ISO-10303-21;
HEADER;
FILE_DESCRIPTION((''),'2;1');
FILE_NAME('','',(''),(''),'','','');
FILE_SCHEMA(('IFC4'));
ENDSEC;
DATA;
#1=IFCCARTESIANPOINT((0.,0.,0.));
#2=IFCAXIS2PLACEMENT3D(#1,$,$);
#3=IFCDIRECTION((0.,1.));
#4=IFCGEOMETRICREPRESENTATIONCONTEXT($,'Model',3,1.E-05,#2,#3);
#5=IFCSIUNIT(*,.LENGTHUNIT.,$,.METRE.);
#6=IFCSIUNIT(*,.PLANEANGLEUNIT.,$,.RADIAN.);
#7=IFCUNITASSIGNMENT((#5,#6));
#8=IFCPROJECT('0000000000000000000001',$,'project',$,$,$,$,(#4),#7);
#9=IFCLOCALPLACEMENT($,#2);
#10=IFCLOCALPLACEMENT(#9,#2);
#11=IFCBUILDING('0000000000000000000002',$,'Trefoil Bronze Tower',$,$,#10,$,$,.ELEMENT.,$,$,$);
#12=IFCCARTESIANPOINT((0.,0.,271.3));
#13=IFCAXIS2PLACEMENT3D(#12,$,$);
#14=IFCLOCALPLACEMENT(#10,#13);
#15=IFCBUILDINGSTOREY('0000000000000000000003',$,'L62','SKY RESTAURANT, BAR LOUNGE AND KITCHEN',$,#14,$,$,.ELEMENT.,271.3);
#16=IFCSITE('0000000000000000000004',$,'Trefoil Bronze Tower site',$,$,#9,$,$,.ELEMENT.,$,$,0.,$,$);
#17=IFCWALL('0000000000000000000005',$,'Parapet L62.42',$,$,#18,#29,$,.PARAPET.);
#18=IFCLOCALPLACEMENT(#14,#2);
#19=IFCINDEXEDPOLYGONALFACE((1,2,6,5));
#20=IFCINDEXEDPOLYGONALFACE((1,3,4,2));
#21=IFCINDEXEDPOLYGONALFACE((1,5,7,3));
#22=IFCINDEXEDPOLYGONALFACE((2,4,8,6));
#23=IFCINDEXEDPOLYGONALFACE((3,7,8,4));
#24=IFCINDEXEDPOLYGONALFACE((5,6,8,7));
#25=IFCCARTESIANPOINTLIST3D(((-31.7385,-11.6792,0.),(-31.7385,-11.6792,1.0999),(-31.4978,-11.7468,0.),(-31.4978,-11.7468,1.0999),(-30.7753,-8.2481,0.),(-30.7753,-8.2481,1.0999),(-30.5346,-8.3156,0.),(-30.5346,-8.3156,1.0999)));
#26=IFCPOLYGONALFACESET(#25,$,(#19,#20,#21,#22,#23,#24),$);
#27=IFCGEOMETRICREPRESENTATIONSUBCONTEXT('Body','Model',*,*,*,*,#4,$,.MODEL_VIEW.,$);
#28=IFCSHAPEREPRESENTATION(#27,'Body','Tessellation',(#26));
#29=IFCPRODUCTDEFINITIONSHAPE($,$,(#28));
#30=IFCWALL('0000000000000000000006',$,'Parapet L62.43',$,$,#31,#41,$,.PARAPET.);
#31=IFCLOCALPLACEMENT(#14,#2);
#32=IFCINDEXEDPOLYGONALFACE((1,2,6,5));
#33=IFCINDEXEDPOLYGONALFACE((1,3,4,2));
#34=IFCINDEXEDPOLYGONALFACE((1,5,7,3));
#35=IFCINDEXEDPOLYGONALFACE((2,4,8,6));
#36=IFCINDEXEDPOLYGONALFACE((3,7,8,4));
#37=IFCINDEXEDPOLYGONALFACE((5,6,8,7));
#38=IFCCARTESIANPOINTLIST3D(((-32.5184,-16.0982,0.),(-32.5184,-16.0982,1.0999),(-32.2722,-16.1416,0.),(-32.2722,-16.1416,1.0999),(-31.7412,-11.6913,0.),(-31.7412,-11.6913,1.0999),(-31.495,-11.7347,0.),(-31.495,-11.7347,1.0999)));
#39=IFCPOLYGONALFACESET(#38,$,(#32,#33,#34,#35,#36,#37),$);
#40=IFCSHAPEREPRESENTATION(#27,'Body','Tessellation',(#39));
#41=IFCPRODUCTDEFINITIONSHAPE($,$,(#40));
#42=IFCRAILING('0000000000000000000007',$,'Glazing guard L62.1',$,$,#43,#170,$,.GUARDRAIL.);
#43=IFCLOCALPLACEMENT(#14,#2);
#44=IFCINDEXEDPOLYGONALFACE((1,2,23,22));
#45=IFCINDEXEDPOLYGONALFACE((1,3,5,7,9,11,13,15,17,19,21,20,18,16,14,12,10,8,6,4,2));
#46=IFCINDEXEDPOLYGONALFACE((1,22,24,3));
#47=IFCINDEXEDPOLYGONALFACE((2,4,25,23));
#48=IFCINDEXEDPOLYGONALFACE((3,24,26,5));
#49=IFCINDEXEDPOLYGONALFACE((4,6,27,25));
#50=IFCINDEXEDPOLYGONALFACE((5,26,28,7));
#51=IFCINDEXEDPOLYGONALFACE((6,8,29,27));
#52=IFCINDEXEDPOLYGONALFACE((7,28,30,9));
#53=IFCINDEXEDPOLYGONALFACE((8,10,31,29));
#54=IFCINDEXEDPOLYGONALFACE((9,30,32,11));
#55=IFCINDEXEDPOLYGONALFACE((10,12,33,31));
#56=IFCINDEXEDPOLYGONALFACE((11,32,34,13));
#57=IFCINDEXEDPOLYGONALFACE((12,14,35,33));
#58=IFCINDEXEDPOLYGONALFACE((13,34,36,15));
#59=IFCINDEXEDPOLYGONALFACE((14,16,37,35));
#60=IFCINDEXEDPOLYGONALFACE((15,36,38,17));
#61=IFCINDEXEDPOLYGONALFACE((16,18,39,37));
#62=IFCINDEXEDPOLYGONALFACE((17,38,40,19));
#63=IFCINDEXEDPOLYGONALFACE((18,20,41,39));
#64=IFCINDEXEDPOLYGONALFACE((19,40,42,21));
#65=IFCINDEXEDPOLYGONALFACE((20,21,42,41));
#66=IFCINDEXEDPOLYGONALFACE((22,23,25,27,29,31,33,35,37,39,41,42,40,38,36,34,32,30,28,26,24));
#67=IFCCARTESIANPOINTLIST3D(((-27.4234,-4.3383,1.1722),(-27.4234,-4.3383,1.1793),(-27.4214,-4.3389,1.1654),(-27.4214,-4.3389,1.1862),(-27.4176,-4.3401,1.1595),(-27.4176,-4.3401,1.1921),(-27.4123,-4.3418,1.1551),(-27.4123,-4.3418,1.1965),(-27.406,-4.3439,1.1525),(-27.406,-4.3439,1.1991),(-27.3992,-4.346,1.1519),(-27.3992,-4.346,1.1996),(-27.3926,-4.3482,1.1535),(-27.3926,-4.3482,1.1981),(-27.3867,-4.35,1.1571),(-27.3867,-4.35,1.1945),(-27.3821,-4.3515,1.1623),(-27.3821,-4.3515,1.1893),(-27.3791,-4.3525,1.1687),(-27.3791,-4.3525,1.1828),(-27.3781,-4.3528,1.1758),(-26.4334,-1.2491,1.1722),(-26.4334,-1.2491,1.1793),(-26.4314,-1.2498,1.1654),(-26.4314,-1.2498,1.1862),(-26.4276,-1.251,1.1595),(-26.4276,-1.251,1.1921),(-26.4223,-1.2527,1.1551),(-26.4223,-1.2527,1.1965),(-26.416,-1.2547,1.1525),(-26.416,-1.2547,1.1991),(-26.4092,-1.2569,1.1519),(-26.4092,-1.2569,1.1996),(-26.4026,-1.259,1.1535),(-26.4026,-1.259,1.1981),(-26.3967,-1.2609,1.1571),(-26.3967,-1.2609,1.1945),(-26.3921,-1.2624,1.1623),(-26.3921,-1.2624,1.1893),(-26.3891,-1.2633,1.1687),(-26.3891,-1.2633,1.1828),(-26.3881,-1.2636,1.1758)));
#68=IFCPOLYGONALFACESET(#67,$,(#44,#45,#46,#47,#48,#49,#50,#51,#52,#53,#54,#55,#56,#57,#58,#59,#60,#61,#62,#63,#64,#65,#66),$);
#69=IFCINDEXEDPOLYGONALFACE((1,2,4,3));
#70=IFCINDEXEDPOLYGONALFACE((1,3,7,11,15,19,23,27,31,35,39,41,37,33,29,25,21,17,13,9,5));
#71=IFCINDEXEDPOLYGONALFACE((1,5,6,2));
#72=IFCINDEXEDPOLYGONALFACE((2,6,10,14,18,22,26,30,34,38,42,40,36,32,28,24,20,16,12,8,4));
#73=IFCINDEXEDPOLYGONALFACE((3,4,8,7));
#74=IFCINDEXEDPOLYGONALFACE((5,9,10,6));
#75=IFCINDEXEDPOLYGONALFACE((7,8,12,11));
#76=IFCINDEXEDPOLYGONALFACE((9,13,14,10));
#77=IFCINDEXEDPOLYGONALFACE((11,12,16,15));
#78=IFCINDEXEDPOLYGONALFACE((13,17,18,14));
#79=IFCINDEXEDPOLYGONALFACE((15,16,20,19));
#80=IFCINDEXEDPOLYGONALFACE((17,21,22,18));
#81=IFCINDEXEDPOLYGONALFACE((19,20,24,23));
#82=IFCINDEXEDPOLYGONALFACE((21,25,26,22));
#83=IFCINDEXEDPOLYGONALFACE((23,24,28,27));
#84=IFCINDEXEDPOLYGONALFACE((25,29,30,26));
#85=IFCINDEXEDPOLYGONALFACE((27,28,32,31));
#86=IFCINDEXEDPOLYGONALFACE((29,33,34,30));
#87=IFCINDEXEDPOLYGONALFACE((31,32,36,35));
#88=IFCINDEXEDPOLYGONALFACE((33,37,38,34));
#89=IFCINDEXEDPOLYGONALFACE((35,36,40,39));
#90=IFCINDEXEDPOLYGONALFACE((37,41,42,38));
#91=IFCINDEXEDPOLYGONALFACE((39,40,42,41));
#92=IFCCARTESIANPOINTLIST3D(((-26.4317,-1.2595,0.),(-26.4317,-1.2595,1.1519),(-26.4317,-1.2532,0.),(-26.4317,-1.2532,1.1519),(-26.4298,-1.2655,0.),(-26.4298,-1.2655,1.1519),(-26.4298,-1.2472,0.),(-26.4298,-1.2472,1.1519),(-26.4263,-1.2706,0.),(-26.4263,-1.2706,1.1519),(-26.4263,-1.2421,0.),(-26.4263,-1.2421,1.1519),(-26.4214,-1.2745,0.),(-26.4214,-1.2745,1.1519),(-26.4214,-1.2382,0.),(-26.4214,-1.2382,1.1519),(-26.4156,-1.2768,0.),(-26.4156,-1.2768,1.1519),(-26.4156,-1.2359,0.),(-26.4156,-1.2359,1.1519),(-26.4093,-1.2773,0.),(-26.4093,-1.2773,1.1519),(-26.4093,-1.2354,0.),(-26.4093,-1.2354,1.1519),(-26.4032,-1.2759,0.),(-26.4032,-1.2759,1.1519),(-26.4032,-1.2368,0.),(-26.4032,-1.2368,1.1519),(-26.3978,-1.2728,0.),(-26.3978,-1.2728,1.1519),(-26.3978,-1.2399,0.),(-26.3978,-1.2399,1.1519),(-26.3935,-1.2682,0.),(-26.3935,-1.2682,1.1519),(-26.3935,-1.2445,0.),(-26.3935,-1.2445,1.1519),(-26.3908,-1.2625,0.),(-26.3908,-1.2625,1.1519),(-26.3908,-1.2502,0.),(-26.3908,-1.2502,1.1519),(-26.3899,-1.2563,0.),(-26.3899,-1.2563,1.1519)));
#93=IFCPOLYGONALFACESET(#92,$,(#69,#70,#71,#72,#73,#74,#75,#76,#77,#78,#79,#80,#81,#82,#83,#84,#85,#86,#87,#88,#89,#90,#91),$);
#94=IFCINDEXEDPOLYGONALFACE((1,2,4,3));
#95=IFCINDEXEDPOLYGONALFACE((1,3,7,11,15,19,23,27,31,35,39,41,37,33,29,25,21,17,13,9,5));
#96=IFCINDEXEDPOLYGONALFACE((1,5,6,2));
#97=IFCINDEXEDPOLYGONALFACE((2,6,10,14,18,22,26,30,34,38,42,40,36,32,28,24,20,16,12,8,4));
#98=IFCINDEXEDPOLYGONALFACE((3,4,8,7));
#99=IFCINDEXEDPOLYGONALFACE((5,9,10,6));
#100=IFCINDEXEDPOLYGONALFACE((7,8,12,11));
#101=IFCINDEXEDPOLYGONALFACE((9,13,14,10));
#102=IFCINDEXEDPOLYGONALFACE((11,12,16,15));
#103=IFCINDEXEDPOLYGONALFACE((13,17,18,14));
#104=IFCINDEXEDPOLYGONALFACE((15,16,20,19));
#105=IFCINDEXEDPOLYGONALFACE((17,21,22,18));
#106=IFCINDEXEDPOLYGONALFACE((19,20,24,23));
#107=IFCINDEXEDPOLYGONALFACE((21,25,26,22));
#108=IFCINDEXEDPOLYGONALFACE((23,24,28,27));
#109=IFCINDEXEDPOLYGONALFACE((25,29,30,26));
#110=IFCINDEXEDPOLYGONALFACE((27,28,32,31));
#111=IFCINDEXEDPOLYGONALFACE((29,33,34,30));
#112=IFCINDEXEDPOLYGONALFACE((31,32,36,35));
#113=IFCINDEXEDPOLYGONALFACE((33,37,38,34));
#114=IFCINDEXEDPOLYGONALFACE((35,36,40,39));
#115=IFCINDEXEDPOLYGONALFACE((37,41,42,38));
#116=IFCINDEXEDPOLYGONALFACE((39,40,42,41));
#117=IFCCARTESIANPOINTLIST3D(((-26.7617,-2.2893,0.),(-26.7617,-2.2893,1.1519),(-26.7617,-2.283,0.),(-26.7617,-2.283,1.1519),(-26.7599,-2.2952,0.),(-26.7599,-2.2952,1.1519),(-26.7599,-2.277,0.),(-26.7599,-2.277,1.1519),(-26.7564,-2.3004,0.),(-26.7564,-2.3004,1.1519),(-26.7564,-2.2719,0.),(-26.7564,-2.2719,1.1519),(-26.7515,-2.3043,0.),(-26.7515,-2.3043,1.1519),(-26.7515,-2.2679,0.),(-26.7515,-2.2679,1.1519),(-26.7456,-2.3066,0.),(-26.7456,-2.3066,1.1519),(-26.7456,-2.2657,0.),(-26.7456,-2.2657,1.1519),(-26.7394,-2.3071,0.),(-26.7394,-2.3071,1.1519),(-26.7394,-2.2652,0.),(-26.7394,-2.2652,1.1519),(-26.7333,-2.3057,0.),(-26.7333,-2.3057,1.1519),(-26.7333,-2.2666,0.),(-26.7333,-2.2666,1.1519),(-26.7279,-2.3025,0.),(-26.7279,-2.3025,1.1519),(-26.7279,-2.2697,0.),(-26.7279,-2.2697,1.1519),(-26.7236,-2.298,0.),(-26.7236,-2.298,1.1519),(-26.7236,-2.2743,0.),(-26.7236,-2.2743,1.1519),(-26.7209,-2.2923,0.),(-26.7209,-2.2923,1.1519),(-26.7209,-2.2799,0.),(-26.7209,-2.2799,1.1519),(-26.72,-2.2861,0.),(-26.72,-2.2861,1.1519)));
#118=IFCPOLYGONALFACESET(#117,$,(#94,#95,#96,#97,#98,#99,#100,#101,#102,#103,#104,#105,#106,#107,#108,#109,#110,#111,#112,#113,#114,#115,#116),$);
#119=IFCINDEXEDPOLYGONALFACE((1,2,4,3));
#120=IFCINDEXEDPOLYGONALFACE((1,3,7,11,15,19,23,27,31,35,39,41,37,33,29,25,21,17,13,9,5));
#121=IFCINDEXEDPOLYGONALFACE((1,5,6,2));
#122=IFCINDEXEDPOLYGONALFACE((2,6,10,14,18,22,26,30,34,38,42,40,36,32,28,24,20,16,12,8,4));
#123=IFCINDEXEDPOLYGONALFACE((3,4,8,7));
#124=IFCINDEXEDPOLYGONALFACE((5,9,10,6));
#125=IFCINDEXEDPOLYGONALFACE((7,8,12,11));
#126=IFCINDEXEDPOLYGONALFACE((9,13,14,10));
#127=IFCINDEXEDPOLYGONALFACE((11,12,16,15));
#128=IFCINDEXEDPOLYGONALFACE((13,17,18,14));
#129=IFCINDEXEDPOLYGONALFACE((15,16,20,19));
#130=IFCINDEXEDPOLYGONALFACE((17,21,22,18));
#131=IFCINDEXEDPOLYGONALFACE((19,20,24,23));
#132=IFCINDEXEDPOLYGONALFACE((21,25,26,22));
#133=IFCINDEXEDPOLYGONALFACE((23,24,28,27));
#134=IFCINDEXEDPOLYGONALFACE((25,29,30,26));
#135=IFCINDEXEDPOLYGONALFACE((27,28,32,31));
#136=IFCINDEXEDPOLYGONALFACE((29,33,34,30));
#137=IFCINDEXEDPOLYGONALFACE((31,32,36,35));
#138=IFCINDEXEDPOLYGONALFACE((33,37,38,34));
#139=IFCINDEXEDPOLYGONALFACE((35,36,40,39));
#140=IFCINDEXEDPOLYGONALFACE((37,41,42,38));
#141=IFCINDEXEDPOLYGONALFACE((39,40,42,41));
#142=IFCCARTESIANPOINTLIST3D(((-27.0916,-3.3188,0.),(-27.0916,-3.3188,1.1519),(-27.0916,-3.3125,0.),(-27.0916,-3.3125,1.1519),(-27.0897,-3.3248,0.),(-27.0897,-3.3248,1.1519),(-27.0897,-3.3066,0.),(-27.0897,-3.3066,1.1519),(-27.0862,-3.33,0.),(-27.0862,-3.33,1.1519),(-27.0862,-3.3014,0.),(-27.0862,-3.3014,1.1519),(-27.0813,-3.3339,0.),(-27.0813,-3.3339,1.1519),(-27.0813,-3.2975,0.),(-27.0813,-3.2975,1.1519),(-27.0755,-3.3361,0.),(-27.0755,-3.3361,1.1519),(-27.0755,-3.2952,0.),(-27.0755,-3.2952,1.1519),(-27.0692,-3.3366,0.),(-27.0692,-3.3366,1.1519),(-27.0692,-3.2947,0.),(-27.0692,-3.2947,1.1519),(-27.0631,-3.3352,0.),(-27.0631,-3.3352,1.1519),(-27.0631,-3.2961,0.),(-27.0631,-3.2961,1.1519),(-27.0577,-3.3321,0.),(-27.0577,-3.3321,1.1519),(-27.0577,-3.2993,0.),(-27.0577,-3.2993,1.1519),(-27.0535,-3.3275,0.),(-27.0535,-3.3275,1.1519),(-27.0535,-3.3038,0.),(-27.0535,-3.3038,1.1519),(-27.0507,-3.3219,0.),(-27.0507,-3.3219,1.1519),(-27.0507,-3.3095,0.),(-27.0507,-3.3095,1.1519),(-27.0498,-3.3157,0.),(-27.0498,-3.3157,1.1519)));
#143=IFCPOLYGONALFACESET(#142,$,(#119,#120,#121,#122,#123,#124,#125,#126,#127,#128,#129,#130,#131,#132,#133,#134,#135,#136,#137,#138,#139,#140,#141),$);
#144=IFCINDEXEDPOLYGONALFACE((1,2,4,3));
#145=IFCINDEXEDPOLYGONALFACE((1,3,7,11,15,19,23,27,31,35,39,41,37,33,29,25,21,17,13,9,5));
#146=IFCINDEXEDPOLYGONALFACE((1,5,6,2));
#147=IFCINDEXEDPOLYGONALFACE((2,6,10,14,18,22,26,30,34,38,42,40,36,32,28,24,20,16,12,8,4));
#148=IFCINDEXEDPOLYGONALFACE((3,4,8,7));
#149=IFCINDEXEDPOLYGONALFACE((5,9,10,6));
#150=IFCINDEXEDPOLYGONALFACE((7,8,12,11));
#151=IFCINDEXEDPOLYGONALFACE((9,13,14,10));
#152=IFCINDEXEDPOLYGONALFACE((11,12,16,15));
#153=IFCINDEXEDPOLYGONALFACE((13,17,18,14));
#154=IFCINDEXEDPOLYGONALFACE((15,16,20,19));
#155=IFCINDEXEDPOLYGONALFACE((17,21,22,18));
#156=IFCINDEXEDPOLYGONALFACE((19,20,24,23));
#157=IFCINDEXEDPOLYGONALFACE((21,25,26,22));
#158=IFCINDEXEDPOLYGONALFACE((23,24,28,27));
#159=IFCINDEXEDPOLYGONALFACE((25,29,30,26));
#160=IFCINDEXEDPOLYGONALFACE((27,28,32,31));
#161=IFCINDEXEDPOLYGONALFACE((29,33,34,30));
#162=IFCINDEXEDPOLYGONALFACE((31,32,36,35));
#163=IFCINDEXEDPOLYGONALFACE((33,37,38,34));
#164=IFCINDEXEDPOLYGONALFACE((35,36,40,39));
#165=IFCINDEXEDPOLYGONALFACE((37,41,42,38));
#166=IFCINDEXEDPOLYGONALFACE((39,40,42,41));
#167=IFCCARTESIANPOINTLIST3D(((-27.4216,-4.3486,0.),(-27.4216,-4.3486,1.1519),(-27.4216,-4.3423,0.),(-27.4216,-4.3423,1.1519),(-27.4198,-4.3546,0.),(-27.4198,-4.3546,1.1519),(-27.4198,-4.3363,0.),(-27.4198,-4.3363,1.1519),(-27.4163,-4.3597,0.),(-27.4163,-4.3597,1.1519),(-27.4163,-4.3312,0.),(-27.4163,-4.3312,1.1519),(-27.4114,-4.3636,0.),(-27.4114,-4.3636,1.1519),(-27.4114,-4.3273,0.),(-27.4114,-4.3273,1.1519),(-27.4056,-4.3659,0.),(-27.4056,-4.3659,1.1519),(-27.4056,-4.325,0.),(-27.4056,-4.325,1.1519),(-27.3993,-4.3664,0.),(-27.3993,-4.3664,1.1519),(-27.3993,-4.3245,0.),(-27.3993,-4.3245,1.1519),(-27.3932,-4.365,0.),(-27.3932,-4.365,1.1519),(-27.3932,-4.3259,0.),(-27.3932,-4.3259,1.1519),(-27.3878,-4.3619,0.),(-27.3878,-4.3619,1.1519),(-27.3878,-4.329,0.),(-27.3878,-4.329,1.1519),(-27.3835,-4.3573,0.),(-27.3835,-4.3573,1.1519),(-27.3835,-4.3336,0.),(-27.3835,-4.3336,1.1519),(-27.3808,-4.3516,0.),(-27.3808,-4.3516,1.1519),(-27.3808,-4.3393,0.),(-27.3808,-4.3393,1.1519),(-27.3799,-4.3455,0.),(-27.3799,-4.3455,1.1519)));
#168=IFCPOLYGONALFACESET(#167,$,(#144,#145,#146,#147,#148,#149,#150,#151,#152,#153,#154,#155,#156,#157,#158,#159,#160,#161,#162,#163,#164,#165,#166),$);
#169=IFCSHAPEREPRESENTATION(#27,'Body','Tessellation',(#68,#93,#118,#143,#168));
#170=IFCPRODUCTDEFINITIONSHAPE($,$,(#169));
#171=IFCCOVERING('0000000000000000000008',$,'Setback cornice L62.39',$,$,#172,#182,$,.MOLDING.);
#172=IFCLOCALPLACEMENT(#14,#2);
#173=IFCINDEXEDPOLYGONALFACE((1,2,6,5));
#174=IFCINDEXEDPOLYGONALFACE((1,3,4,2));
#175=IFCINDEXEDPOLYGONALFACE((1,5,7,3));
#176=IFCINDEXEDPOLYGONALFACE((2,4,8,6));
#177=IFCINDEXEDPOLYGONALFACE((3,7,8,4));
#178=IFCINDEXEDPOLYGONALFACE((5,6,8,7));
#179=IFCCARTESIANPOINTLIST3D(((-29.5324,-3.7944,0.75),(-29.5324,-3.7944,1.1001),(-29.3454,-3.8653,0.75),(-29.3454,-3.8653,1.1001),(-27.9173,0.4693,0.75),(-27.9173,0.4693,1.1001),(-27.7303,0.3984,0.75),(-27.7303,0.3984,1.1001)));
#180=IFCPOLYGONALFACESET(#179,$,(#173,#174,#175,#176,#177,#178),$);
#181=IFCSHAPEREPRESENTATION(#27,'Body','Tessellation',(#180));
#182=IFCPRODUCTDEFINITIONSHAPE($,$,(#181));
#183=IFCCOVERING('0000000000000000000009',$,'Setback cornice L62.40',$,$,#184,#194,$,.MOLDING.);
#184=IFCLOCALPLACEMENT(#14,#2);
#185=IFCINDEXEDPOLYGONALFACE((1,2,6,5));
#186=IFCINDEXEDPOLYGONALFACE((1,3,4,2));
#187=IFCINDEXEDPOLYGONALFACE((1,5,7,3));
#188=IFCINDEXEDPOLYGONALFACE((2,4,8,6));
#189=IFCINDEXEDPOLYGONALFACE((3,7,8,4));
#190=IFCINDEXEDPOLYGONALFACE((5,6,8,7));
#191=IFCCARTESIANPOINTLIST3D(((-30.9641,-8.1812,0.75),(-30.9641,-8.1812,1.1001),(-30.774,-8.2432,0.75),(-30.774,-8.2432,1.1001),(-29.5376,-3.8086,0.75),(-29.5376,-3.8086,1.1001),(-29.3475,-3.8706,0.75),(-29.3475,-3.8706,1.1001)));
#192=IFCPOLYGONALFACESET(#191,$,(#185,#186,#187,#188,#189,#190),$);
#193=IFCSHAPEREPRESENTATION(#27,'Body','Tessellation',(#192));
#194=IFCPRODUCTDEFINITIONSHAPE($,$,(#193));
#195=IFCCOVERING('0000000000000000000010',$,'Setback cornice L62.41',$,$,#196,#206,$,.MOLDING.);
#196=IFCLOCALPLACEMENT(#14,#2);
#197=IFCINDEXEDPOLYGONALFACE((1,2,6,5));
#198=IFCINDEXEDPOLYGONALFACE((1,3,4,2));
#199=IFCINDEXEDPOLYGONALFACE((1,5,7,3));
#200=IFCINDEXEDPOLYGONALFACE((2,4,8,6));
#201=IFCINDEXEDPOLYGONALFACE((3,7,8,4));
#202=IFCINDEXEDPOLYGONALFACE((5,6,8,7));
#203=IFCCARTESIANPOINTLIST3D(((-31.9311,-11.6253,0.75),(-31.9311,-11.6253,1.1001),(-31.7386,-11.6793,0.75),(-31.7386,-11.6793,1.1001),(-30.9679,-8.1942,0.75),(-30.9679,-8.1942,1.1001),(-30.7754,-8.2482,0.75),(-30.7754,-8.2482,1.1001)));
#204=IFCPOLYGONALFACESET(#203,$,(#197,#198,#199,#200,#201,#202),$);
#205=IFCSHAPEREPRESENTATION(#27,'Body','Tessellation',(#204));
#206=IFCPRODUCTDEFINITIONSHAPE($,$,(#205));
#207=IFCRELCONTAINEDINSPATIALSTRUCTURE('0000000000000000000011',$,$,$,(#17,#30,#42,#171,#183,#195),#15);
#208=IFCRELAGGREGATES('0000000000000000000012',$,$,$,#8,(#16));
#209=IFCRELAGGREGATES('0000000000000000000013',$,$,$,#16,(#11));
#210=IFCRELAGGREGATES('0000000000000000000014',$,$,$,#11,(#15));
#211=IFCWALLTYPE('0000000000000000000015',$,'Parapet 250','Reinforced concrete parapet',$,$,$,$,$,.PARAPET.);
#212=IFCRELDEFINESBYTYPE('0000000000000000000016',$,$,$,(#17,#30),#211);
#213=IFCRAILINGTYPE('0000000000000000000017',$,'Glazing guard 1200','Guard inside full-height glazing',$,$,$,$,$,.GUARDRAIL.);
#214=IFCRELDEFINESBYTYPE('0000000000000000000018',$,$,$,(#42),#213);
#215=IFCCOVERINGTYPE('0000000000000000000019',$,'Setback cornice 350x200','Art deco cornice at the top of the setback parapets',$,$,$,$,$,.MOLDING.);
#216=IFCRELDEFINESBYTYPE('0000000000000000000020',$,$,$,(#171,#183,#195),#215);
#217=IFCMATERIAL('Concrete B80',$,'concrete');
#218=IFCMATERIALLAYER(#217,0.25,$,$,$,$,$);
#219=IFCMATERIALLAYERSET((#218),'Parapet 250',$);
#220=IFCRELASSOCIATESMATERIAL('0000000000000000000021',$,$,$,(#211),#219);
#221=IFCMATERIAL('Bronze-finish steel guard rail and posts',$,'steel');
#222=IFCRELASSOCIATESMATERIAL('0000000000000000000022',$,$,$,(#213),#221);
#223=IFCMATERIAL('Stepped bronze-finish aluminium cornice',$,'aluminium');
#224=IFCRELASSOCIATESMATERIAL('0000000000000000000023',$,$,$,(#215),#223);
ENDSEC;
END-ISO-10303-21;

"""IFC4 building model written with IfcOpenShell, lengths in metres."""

from ifc_helpers import new_model, si_unit, direction, frame, frame_2d, origin, origin_2d, place, context, subcontext, project, spatial, rectangle, circle, extrude, material, layer, layer_set, type_object, element, save


model = new_model("IFC4")

# Units and contexts
model_context = context("Model", 3, precision=1e-05, world=origin(), true_north=direction((0.0, 1.0)))
body_context = subcontext(model_context, "Body", "Model", "MODEL_VIEW")
ifc_project = project(units=[si_unit("LENGTHUNIT", "METRE"), si_unit("PLANEANGLEUNIT", "RADIAN")], contexts=[model_context])

# Site, building, storey
site_placement = place(None, origin())
site = spatial("IfcSite", under=ifc_project, at=site_placement, Name="Trefoil Bronze Tower site", CompositionType="ELEMENT", RefElevation=0.0)
building_placement = place(site_placement, origin())
building = spatial("IfcBuilding", under=site, at=building_placement, Name="Trefoil Bronze Tower", CompositionType="ELEMENT")
storey_placement = place(building_placement, frame((0.0, 0.0, 271.3)))
storey = spatial("IfcBuildingStorey", under=building, at=storey_placement, Name="L62", Description="SKY RESTAURANT, BAR LOUNGE AND KITCHEN", CompositionType="ELEMENT", Elevation=271.3)

# Walls
ifc_material_1 = material(Name="Concrete B80", Category="concrete")
ifc_layer_1 = layer(ifc_material_1, 0.25)
ifc_layer_set_1 = layer_set([ifc_layer_1], Name="Parapet 250")
wall_type_1 = type_object("IfcWallType", Name="Parapet 250", Description="Reinforced concrete parapet", PredefinedType="PARAPET", material=ifc_layer_set_1)
wall_1_placement = place(storey_placement, frame((-30.655, -8.282, 0.0), z_axis=(0.0, 0.0, 1.0), x_axis=(-0.270258, -0.962788, 0.0)))
element("IfcWall", 1, at=wall_1_placement, inside=storey, type_object=wall_type_1, Name="Parapet L62.42", PredefinedType="PARAPET", context=body_context, shape_type="SweptSolid", body=[
    extrude(rectangle(XDim=3.5637, YDim=0.25, at=frame_2d((1.7817, 0.0))), origin(), (0.0, 0.0, 1.0), 1.0999),
])
wall_2_placement = place(storey_placement, frame((-31.6182, -11.7131, 0.0), z_axis=(0.0, 0.0, 1.0), x_axis=(-0.173664, -0.984805, 0.0)))
element("IfcWall", 2, at=wall_2_placement, inside=storey, type_object=wall_type_1, Name="Parapet L62.43", PredefinedType="PARAPET", context=body_context, shape_type="SweptSolid", body=[
    extrude(rectangle(XDim=4.4749, YDim=0.25, at=frame_2d((2.2373, 0.0))), origin(), (0.0, 0.0, 1.0), 1.0999),
])

# Railing
ifc_material_2 = material(Name="Bronze-finish steel guard rail and posts", Category="steel")
railing_type = type_object("IfcRailingType", Name="Glazing guard 1200", Description="Guard inside full-height glazing", PredefinedType="GUARDRAIL", material=ifc_material_2)
railing_1_placement = place(storey_placement, frame((-26.4109, -1.2563, 0.0)))
element("IfcRailing", 3, at=railing_1_placement, inside=storey, type_object=railing_type, Name="Glazing guard L62.1", PredefinedType="GUARDRAIL", context=body_context, shape_type="SweptSolid", body=[
    extrude(circle(Radius=0.0239, at=origin_2d()), frame((0.0, 0.0, 1.1758), z_axis=(-0.305188, -0.952292, 0.0), x_axis=(0.952292, -0.305188, 0.0)), (0.0, 0.0, 1.0), 3.2439),
    extrude(circle(Radius=0.021, at=origin_2d()), origin(), (0.0, 0.0, 1.0), 1.1519),
    extrude(circle(Radius=0.021, at=origin_2d()), frame((-0.3301, -1.0298, 0.0)), (0.0, 0.0, 1.0), 1.1519),
    extrude(circle(Radius=0.021, at=origin_2d()), frame((-0.6599, -2.0593, 0.0)), (0.0, 0.0, 1.0), 1.1519),
    extrude(circle(Radius=0.021, at=origin_2d()), frame((-0.99, -3.0891, 0.0)), (0.0, 0.0, 1.0), 1.1519),
])

# Coverings
ifc_material_3 = material(Name="Stepped bronze-finish aluminium cornice", Category="aluminium")
covering_type = type_object("IfcCoveringType", Name="Setback cornice 350x200", Description="Art deco cornice at the top of the setback parapets", PredefinedType="MOLDING", material=ifc_material_3)
covering_1_placement = place(storey_placement, frame((-28.6313, -1.698, 0.75), z_axis=(0.0, 0.0, 1.0), x_axis=(-0.354234, -0.935157, 0.0)))
element("IfcCovering", 4, at=covering_1_placement, inside=storey, type_object=covering_type, Name="Setback cornice L62.39", PredefinedType="MOLDING", context=body_context, shape_type="SweptSolid", body=[
    extrude(rectangle(XDim=4.5593, YDim=0.2, at=origin_2d()), origin(), (0.0, 0.0, 1.0), 0.3501),
])
covering_2_placement = place(storey_placement, frame((-30.1558, -6.0259, 0.75), z_axis=(0.0, 0.0, 1.0), x_axis=(-0.310149, -0.950688, 0.0)))
element("IfcCovering", 5, at=covering_2_placement, inside=storey, type_object=covering_type, Name="Setback cornice L62.40", PredefinedType="MOLDING", context=body_context, shape_type="SweptSolid", body=[
    extrude(rectangle(XDim=4.5994, YDim=0.2, at=origin_2d()), origin(), (0.0, 0.0, 1.0), 0.3501),
])
covering_3_placement = place(storey_placement, frame((-31.3533, -9.9368, 0.75), z_axis=(0.0, 0.0, 1.0), x_axis=(-0.270282, -0.962781, 0.0)))
element("IfcCovering", 6, at=covering_3_placement, inside=storey, type_object=covering_type, Name="Setback cornice L62.41", PredefinedType="MOLDING", context=body_context, shape_type="SweptSolid", body=[
    extrude(rectangle(XDim=3.5637, YDim=0.2, at=origin_2d()), origin(), (0.0, 0.0, 1.0), 0.3501),
])

save(model, "model.ifc")
